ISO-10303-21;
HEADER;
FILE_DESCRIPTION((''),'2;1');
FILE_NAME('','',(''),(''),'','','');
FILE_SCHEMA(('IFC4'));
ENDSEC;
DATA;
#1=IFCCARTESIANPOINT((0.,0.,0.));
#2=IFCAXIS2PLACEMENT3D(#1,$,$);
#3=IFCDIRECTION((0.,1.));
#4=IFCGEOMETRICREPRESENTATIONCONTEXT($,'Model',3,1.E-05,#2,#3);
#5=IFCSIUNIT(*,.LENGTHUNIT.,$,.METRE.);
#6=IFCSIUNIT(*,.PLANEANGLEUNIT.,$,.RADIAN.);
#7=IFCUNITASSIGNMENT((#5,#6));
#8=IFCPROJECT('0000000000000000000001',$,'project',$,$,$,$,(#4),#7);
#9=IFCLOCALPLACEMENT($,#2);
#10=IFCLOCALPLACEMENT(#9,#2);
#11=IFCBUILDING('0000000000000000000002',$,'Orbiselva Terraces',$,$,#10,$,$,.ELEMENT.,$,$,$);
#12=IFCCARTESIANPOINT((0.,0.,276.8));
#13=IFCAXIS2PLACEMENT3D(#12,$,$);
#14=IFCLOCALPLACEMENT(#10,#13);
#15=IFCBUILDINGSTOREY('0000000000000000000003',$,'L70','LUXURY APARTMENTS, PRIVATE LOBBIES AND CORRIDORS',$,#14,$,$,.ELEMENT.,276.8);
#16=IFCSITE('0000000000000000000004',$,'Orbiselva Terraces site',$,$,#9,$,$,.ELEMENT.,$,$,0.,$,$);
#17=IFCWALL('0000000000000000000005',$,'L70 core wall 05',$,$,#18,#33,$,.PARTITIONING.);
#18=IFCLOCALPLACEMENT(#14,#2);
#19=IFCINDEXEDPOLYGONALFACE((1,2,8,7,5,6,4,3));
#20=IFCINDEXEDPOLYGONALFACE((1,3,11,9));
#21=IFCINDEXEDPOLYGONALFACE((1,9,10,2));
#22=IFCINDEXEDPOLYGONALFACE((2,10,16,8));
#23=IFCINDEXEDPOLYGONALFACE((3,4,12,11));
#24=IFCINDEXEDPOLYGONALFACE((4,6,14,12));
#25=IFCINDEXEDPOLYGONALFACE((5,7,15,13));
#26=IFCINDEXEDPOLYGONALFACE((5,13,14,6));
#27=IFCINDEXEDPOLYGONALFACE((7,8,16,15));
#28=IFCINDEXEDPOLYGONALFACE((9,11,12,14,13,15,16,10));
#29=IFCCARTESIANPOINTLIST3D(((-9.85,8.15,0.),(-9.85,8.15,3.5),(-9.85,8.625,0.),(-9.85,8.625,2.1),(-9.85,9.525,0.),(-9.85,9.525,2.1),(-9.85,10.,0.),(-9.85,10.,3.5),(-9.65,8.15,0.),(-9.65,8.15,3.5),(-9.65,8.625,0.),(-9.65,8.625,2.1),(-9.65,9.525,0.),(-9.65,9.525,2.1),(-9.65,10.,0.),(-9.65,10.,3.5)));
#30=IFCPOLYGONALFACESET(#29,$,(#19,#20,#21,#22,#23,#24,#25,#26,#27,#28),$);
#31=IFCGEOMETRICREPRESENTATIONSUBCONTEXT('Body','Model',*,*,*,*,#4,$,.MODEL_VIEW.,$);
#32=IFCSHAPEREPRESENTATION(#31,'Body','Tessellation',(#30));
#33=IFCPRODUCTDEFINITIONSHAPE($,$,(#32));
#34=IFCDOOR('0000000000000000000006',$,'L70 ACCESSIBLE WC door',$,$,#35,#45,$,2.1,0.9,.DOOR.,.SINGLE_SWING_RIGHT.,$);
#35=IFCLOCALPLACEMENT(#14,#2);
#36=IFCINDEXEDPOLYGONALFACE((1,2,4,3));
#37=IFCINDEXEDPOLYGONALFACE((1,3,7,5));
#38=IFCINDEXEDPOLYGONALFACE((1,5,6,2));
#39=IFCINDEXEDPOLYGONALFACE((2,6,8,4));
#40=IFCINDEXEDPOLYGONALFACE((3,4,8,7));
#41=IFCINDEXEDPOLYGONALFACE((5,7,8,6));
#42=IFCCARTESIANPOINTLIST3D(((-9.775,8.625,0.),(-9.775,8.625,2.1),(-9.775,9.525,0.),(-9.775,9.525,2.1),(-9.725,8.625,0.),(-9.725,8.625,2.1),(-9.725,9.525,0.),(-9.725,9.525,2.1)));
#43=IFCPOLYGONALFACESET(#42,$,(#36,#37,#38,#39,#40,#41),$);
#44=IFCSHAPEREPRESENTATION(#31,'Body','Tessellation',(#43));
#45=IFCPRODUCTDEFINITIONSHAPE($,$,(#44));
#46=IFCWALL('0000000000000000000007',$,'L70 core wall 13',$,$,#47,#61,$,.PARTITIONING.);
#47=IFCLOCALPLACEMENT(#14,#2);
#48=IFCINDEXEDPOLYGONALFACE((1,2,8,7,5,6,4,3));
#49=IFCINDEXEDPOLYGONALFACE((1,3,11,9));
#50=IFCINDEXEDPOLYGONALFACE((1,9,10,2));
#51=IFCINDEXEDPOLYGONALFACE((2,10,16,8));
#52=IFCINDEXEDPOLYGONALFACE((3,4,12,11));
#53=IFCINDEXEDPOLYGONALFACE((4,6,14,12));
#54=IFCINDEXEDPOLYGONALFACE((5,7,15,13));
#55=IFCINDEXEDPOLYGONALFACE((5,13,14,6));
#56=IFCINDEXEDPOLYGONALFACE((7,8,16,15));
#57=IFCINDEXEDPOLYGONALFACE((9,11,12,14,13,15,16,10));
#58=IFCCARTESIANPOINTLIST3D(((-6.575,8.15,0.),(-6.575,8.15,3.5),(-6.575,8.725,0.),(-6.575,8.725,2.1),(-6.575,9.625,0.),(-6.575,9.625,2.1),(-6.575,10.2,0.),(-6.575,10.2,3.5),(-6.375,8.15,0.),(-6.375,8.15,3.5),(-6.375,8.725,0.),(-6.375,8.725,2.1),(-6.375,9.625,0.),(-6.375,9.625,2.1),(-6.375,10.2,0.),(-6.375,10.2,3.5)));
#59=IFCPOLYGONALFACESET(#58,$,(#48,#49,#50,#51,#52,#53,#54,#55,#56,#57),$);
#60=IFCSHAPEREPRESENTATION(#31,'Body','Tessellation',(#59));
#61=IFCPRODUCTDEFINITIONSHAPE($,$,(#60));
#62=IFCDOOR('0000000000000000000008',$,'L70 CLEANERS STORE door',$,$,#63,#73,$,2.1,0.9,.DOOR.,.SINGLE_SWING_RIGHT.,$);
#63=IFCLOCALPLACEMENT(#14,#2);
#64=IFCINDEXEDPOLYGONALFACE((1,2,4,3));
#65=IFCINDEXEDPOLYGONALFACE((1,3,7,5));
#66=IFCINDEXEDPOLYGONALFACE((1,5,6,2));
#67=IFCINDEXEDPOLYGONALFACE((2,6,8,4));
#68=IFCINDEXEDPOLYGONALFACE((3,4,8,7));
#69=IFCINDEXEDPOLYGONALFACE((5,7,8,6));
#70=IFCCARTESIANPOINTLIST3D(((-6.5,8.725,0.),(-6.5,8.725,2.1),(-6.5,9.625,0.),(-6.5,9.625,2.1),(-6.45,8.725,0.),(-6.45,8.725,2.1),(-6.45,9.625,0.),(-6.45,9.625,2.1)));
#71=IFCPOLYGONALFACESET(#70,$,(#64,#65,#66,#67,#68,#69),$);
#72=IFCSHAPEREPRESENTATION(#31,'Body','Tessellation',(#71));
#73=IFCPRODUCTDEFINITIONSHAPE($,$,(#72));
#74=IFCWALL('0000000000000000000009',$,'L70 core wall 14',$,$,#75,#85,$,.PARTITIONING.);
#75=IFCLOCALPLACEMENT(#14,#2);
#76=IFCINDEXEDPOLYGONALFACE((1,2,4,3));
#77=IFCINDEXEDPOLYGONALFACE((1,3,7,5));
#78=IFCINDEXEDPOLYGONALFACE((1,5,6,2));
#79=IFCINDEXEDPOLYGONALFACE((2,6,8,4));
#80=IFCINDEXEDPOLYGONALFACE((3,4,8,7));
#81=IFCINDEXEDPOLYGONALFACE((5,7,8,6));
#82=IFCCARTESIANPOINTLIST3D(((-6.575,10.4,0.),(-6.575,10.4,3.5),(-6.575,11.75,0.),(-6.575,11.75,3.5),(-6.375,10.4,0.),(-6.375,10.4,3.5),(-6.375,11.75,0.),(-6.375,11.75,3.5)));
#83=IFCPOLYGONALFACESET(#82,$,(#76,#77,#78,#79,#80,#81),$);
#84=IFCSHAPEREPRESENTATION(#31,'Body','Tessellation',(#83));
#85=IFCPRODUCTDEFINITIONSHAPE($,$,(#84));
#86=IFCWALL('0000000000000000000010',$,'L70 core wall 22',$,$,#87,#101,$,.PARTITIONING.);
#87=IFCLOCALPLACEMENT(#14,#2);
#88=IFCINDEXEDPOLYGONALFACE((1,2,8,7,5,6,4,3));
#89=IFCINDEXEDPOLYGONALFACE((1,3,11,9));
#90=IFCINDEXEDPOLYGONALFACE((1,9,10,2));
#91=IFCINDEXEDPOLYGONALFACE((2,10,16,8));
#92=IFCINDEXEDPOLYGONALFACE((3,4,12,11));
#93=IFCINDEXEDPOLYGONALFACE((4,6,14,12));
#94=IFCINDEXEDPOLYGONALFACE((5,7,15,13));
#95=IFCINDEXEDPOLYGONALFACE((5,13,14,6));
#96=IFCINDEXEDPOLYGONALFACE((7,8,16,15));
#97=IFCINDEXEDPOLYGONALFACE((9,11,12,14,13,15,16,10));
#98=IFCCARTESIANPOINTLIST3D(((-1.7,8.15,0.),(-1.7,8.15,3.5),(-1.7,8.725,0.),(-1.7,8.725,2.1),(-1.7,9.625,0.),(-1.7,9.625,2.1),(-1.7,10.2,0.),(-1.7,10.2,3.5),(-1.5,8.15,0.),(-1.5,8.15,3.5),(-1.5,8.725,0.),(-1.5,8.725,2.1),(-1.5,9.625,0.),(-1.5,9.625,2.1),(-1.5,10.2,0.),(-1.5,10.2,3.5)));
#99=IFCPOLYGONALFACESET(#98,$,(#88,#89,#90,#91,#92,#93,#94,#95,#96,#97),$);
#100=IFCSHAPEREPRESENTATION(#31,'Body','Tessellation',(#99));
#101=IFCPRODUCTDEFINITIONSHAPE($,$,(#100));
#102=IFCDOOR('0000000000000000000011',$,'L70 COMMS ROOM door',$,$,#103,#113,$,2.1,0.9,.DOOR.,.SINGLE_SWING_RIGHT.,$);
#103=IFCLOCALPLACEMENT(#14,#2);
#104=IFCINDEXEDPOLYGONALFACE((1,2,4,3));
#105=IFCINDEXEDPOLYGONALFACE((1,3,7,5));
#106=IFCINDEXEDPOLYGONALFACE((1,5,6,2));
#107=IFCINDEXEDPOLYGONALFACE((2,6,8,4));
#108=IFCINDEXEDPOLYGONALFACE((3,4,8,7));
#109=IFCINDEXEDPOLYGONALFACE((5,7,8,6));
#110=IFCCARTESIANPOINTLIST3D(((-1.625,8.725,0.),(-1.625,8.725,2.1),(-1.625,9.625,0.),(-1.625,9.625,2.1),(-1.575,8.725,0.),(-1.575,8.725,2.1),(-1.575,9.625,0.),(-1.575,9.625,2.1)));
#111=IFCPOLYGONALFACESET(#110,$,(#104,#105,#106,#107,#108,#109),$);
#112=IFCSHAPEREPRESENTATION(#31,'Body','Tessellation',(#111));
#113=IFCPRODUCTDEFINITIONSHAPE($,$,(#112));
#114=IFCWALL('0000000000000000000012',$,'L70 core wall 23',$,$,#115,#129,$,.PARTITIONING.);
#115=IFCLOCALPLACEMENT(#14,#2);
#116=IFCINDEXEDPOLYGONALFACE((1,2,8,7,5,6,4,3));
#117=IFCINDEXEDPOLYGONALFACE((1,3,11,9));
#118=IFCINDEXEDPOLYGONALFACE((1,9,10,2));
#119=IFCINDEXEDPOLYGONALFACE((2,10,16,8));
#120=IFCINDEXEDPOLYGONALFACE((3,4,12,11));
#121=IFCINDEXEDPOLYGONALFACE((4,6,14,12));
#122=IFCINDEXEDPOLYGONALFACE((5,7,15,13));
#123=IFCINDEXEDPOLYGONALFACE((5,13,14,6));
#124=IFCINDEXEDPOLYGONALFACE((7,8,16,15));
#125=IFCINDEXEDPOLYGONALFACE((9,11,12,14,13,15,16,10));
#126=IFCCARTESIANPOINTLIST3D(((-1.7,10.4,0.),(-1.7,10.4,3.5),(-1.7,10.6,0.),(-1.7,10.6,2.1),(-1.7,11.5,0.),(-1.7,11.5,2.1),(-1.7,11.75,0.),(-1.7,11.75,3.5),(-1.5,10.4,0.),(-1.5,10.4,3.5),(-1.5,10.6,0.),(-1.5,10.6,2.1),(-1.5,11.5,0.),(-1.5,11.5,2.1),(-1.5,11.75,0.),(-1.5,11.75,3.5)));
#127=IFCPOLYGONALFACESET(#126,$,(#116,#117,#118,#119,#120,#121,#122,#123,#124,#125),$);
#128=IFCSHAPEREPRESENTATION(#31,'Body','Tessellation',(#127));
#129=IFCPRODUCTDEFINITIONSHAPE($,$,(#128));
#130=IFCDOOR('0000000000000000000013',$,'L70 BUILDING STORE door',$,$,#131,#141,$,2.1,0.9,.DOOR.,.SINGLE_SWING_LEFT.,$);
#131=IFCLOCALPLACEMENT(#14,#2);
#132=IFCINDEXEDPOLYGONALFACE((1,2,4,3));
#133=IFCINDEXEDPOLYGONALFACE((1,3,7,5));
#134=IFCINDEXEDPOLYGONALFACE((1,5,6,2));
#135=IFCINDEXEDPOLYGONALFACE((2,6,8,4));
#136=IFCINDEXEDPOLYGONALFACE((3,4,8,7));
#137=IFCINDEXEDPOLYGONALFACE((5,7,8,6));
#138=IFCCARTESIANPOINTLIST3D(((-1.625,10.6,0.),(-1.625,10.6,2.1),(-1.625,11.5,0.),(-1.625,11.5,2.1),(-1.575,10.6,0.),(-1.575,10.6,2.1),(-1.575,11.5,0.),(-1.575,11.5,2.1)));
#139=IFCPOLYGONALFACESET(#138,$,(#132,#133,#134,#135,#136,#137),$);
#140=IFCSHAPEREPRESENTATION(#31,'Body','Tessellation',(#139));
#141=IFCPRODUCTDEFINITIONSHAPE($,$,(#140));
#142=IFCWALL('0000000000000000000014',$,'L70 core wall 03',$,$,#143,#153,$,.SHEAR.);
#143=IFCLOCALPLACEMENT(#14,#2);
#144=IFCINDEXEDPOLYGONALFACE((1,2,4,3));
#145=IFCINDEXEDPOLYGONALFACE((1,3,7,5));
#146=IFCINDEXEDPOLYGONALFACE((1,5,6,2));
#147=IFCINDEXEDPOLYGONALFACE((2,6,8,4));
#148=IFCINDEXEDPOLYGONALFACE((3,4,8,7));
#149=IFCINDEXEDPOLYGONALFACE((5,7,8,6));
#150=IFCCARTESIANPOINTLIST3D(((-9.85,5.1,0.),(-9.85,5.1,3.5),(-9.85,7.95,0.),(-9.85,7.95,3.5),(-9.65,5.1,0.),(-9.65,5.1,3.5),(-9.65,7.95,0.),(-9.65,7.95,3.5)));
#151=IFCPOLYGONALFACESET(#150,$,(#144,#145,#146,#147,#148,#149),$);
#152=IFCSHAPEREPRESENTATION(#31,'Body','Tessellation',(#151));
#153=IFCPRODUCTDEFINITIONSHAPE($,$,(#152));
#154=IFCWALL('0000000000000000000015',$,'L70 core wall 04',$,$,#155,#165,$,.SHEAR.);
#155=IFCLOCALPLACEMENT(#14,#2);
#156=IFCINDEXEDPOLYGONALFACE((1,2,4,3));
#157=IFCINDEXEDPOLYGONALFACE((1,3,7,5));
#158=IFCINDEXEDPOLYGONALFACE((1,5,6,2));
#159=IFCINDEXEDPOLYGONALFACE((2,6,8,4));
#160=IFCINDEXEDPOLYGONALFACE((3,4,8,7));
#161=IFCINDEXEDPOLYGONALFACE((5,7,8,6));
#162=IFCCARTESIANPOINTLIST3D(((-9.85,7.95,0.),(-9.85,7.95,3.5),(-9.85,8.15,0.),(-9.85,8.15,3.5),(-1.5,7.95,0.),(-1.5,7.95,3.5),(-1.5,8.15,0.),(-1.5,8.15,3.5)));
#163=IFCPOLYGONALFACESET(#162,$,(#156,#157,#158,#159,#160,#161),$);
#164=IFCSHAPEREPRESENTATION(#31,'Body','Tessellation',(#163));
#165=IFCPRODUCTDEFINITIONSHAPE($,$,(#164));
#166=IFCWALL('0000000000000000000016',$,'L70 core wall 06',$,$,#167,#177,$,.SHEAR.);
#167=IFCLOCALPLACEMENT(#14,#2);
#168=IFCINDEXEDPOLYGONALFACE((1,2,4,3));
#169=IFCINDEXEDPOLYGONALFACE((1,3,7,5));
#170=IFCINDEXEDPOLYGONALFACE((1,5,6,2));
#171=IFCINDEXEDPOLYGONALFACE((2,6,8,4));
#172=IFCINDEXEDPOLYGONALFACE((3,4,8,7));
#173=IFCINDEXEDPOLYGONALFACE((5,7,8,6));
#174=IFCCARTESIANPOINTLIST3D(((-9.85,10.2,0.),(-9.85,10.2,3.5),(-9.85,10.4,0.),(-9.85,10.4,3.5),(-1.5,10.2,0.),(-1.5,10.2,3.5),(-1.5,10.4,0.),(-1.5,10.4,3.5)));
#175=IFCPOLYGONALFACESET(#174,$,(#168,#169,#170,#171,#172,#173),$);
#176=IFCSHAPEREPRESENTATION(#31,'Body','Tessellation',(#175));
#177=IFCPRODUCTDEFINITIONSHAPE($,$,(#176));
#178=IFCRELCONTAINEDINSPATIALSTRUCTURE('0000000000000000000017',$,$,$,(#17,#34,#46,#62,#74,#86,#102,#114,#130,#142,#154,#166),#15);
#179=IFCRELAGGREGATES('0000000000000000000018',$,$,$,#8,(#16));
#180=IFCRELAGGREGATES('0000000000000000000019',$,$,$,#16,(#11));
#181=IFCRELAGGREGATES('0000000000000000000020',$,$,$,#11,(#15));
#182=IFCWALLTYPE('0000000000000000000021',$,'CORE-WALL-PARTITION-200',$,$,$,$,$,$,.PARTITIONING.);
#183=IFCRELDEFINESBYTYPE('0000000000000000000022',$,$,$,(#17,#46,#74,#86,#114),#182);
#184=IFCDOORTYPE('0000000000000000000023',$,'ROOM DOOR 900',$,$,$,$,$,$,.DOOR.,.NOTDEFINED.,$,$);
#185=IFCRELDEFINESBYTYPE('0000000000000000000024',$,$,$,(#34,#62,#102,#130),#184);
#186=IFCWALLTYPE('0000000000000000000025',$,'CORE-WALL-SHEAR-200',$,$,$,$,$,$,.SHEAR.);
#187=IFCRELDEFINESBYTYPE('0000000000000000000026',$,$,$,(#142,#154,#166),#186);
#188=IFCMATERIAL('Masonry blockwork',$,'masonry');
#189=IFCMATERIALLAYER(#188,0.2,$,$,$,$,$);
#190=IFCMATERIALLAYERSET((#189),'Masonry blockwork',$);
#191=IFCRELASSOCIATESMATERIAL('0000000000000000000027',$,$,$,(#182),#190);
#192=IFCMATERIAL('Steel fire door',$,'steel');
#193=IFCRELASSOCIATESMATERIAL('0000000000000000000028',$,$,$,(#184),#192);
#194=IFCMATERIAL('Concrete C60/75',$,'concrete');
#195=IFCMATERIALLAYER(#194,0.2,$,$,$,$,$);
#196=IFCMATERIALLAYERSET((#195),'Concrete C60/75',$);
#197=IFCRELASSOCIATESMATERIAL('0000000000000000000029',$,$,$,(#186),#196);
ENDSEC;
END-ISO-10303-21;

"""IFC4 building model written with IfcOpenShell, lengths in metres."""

from ifc_helpers import new_model, si_unit, direction, frame, frame_2d, origin, place, context, subcontext, project, spatial, rectangle, extrude, material, layer, layer_set, type_object, element, fill, save


model = new_model("IFC4")

# Units and contexts
model_context = context("Model", 3, precision=1e-05, world=origin(), true_north=direction((0.0, 1.0)))
body_context = subcontext(model_context, "Body", "Model", "MODEL_VIEW")
ifc_project = project(units=[si_unit("LENGTHUNIT", "METRE"), si_unit("PLANEANGLEUNIT", "RADIAN")], contexts=[model_context])

# Site, building, storey
site_placement = place(None, origin())
site = spatial("IfcSite", under=ifc_project, at=site_placement, Name="Orbiselva Terraces site", CompositionType="ELEMENT", RefElevation=0.0)
building_placement = place(site_placement, origin())
building = spatial("IfcBuilding", under=site, at=building_placement, Name="Orbiselva Terraces", CompositionType="ELEMENT")
storey_placement = place(building_placement, frame((0.0, 0.0, 276.8)))
storey = spatial("IfcBuildingStorey", under=building, at=storey_placement, Name="L70", Description="LUXURY APARTMENTS, PRIVATE LOBBIES AND CORRIDORS", CompositionType="ELEMENT", Elevation=276.8)

# Walls, openings, doors
ifc_material_1 = material(Name="Masonry blockwork", Category="masonry")
ifc_layer_1 = layer(ifc_material_1, 0.2)
ifc_layer_set_1 = layer_set([ifc_layer_1], Name="Masonry blockwork")
wall_type_1 = type_object("IfcWallType", Name="CORE-WALL-PARTITION-200", PredefinedType="PARTITIONING", material=ifc_layer_set_1)
wall_1_placement = place(storey_placement, frame((-9.75, 8.15, 0.0), z_axis=(0.0, 0.0, 1.0), x_axis=(0.0, 1.0, 0.0)))
wall_1 = element("IfcWall", 1, at=wall_1_placement, inside=storey, type_object=wall_type_1, Name="L70 core wall 05", PredefinedType="PARTITIONING", context=body_context, shape_type="SweptSolid", body=[
    extrude(rectangle(XDim=1.85, YDim=0.2, at=frame_2d((0.925, 0.0))), origin(), (0.0, 0.0, 1.0), 3.5),
])
opening_1_placement = place(wall_1_placement, frame((0.475, 0.0, 0.0)))
opening_1 = element("IfcOpeningElement", 2, at=opening_1_placement, cuts=wall_1, PredefinedType="OPENING", context=body_context, shape_type="SweptSolid", body=[
    extrude(rectangle(XDim=0.9, YDim=2.1, at=frame_2d((0.45, 1.05))), frame((0.0, 0.11, 0.0), z_axis=(0.0, -1.0, 0.0), x_axis=(1.0, 0.0, 0.0)), (0.0, 0.0, 1.0), 0.22),
])
ifc_material_2 = material(Name="Steel fire door", Category="steel")
door_type = type_object("IfcDoorType", Name="ROOM DOOR 900", OperationType="NOTDEFINED", PredefinedType="DOOR", material=ifc_material_2)
door_1_placement = place(opening_1_placement, origin())
door_1 = element("IfcDoor", 3, at=door_1_placement, inside=storey, type_object=door_type, Name="L70 ACCESSIBLE WC door", OperationType="SINGLE_SWING_RIGHT", OverallHeight=2.1, OverallWidth=0.9, PredefinedType="DOOR", context=body_context, shape_type="SweptSolid", body=[
    extrude(rectangle(XDim=0.9, YDim=2.1, at=frame_2d((0.45, 1.05))), frame((0.0, 0.025, 0.0), z_axis=(0.0, -1.0, 0.0), x_axis=(1.0, 0.0, 0.0)), (0.0, 0.0, 1.0), 0.05),
])
fill(opening_1, door_1)
wall_2_placement = place(storey_placement, frame((-6.475, 8.15, 0.0), z_axis=(0.0, 0.0, 1.0), x_axis=(0.0, 1.0, 0.0)))
wall_2 = element("IfcWall", 4, at=wall_2_placement, inside=storey, type_object=wall_type_1, Name="L70 core wall 13", PredefinedType="PARTITIONING", context=body_context, shape_type="SweptSolid", body=[
    extrude(rectangle(XDim=2.05, YDim=0.2, at=frame_2d((1.025, 0.0))), origin(), (0.0, 0.0, 1.0), 3.5),
])
opening_2_placement = place(wall_2_placement, frame((0.575, 0.0, 0.0)))
opening_2 = element("IfcOpeningElement", 5, at=opening_2_placement, cuts=wall_2, PredefinedType="OPENING", context=body_context, shape_type="SweptSolid", body=[
    extrude(rectangle(XDim=0.9, YDim=2.1, at=frame_2d((0.45, 1.05))), frame((0.0, 0.11, 0.0), z_axis=(0.0, -1.0, 0.0), x_axis=(1.0, 0.0, 0.0)), (0.0, 0.0, 1.0), 0.22),
])
door_2_placement = place(opening_2_placement, origin())
door_2 = element("IfcDoor", 6, at=door_2_placement, inside=storey, type_object=door_type, Name="L70 CLEANERS STORE door", OperationType="SINGLE_SWING_RIGHT", OverallHeight=2.1, OverallWidth=0.9, PredefinedType="DOOR", context=body_context, shape_type="SweptSolid", body=[
    extrude(rectangle(XDim=0.9, YDim=2.1, at=frame_2d((0.45, 1.05))), frame((0.0, 0.025, 0.0), z_axis=(0.0, -1.0, 0.0), x_axis=(1.0, 0.0, 0.0)), (0.0, 0.0, 1.0), 0.05),
])
fill(opening_2, door_2)

# Wall
wall_3_placement = place(storey_placement, frame((-6.475, 10.4, 0.0), z_axis=(0.0, 0.0, 1.0), x_axis=(0.0, 1.0, 0.0)))
element("IfcWall", 7, at=wall_3_placement, inside=storey, type_object=wall_type_1, Name="L70 core wall 14", PredefinedType="PARTITIONING", context=body_context, shape_type="SweptSolid", body=[
    extrude(rectangle(XDim=1.35, YDim=0.2, at=frame_2d((0.675, 0.0))), origin(), (0.0, 0.0, 1.0), 3.5),
])

# Walls, openings, doors
wall_4_placement = place(storey_placement, frame((-1.6, 8.15, 0.0), z_axis=(0.0, 0.0, 1.0), x_axis=(0.0, 1.0, 0.0)))
wall_4 = element("IfcWall", 8, at=wall_4_placement, inside=storey, type_object=wall_type_1, Name="L70 core wall 22", PredefinedType="PARTITIONING", context=body_context, shape_type="SweptSolid", body=[
    extrude(rectangle(XDim=2.05, YDim=0.2, at=frame_2d((1.025, 0.0))), origin(), (0.0, 0.0, 1.0), 3.5),
])
opening_3_placement = place(wall_4_placement, frame((0.575, 0.0, 0.0)))
opening_3 = element("IfcOpeningElement", 9, at=opening_3_placement, cuts=wall_4, PredefinedType="OPENING", context=body_context, shape_type="SweptSolid", body=[
    extrude(rectangle(XDim=0.9, YDim=2.1, at=frame_2d((0.45, 1.05))), frame((0.0, 0.11, 0.0), z_axis=(0.0, -1.0, 0.0), x_axis=(1.0, 0.0, 0.0)), (0.0, 0.0, 1.0), 0.22),
])
door_3_placement = place(opening_3_placement, origin())
door_3 = element("IfcDoor", 10, at=door_3_placement, inside=storey, type_object=door_type, Name="L70 COMMS ROOM door", OperationType="SINGLE_SWING_RIGHT", OverallHeight=2.1, OverallWidth=0.9, PredefinedType="DOOR", context=body_context, shape_type="SweptSolid", body=[
    extrude(rectangle(XDim=0.9, YDim=2.1, at=frame_2d((0.45, 1.05))), frame((0.0, 0.025, 0.0), z_axis=(0.0, -1.0, 0.0), x_axis=(1.0, 0.0, 0.0)), (0.0, 0.0, 1.0), 0.05),
])
fill(opening_3, door_3)
wall_5_placement = place(storey_placement, frame((-1.6, 10.4, 0.0), z_axis=(0.0, 0.0, 1.0), x_axis=(0.0, 1.0, 0.0)))
wall_5 = element("IfcWall", 11, at=wall_5_placement, inside=storey, type_object=wall_type_1, Name="L70 core wall 23", PredefinedType="PARTITIONING", context=body_context, shape_type="SweptSolid", body=[
    extrude(rectangle(XDim=1.35, YDim=0.2, at=frame_2d((0.675, 0.0))), origin(), (0.0, 0.0, 1.0), 3.5),
])
opening_4_placement = place(wall_5_placement, frame((0.2, 0.0, 0.0)))
opening_4 = element("IfcOpeningElement", 12, at=opening_4_placement, cuts=wall_5, PredefinedType="OPENING", context=body_context, shape_type="SweptSolid", body=[
    extrude(rectangle(XDim=0.9, YDim=2.1, at=frame_2d((0.45, 1.05))), frame((0.0, 0.11, 0.0), z_axis=(0.0, -1.0, 0.0), x_axis=(1.0, 0.0, 0.0)), (0.0, 0.0, 1.0), 0.22),
])
door_4_placement = place(opening_4_placement, origin())
door_4 = element("IfcDoor", 13, at=door_4_placement, inside=storey, type_object=door_type, Name="L70 BUILDING STORE door", OperationType="SINGLE_SWING_LEFT", OverallHeight=2.1, OverallWidth=0.9, PredefinedType="DOOR", context=body_context, shape_type="SweptSolid", body=[
    extrude(rectangle(XDim=0.9, YDim=2.1, at=frame_2d((0.45, 1.05))), frame((0.0, 0.025, 0.0), z_axis=(0.0, -1.0, 0.0), x_axis=(1.0, 0.0, 0.0)), (0.0, 0.0, 1.0), 0.05),
])
fill(opening_4, door_4)

# Walls
ifc_material_3 = material(Name="Concrete C60/75", Category="concrete")
ifc_layer_2 = layer(ifc_material_3, 0.2)
ifc_layer_set_2 = layer_set([ifc_layer_2], Name="Concrete C60/75")
wall_type_2 = type_object("IfcWallType", Name="CORE-WALL-SHEAR-200", PredefinedType="SHEAR", material=ifc_layer_set_2)
wall_6_placement = place(storey_placement, frame((-9.75, 5.1, 0.0), z_axis=(0.0, 0.0, 1.0), x_axis=(0.0, 1.0, 0.0)))
element("IfcWall", 14, at=wall_6_placement, inside=storey, type_object=wall_type_2, Name="L70 core wall 03", PredefinedType="SHEAR", context=body_context, shape_type="SweptSolid", body=[
    extrude(rectangle(XDim=2.85, YDim=0.2, at=frame_2d((1.425, 0.0))), origin(), (0.0, 0.0, 1.0), 3.5),
])
for number, where, z_axis, x_axis, name in (
    (15, (-9.85, 8.05, 0.0), (0.0, 0.0, 1.0), (1.0, 0.0, 0.0), "L70 core wall 04"),
    (16, (-9.85, 10.3, 0.0), (0.0, 0.0, 1.0), (1.0, 0.0, 0.0), "L70 core wall 06"),
):
    element("IfcWall", number, at=place(storey_placement, frame(where, z_axis=z_axis, x_axis=x_axis)), inside=storey, type_object=wall_type_2, Name=name, PredefinedType="SHEAR", context=body_context, shape_type="SweptSolid", body=[
        extrude(rectangle(XDim=8.35, YDim=0.2, at=frame_2d((4.175, 0.0))), origin(), (0.0, 0.0, 1.0), 3.5),
    ])

save(model, "model.ifc")
